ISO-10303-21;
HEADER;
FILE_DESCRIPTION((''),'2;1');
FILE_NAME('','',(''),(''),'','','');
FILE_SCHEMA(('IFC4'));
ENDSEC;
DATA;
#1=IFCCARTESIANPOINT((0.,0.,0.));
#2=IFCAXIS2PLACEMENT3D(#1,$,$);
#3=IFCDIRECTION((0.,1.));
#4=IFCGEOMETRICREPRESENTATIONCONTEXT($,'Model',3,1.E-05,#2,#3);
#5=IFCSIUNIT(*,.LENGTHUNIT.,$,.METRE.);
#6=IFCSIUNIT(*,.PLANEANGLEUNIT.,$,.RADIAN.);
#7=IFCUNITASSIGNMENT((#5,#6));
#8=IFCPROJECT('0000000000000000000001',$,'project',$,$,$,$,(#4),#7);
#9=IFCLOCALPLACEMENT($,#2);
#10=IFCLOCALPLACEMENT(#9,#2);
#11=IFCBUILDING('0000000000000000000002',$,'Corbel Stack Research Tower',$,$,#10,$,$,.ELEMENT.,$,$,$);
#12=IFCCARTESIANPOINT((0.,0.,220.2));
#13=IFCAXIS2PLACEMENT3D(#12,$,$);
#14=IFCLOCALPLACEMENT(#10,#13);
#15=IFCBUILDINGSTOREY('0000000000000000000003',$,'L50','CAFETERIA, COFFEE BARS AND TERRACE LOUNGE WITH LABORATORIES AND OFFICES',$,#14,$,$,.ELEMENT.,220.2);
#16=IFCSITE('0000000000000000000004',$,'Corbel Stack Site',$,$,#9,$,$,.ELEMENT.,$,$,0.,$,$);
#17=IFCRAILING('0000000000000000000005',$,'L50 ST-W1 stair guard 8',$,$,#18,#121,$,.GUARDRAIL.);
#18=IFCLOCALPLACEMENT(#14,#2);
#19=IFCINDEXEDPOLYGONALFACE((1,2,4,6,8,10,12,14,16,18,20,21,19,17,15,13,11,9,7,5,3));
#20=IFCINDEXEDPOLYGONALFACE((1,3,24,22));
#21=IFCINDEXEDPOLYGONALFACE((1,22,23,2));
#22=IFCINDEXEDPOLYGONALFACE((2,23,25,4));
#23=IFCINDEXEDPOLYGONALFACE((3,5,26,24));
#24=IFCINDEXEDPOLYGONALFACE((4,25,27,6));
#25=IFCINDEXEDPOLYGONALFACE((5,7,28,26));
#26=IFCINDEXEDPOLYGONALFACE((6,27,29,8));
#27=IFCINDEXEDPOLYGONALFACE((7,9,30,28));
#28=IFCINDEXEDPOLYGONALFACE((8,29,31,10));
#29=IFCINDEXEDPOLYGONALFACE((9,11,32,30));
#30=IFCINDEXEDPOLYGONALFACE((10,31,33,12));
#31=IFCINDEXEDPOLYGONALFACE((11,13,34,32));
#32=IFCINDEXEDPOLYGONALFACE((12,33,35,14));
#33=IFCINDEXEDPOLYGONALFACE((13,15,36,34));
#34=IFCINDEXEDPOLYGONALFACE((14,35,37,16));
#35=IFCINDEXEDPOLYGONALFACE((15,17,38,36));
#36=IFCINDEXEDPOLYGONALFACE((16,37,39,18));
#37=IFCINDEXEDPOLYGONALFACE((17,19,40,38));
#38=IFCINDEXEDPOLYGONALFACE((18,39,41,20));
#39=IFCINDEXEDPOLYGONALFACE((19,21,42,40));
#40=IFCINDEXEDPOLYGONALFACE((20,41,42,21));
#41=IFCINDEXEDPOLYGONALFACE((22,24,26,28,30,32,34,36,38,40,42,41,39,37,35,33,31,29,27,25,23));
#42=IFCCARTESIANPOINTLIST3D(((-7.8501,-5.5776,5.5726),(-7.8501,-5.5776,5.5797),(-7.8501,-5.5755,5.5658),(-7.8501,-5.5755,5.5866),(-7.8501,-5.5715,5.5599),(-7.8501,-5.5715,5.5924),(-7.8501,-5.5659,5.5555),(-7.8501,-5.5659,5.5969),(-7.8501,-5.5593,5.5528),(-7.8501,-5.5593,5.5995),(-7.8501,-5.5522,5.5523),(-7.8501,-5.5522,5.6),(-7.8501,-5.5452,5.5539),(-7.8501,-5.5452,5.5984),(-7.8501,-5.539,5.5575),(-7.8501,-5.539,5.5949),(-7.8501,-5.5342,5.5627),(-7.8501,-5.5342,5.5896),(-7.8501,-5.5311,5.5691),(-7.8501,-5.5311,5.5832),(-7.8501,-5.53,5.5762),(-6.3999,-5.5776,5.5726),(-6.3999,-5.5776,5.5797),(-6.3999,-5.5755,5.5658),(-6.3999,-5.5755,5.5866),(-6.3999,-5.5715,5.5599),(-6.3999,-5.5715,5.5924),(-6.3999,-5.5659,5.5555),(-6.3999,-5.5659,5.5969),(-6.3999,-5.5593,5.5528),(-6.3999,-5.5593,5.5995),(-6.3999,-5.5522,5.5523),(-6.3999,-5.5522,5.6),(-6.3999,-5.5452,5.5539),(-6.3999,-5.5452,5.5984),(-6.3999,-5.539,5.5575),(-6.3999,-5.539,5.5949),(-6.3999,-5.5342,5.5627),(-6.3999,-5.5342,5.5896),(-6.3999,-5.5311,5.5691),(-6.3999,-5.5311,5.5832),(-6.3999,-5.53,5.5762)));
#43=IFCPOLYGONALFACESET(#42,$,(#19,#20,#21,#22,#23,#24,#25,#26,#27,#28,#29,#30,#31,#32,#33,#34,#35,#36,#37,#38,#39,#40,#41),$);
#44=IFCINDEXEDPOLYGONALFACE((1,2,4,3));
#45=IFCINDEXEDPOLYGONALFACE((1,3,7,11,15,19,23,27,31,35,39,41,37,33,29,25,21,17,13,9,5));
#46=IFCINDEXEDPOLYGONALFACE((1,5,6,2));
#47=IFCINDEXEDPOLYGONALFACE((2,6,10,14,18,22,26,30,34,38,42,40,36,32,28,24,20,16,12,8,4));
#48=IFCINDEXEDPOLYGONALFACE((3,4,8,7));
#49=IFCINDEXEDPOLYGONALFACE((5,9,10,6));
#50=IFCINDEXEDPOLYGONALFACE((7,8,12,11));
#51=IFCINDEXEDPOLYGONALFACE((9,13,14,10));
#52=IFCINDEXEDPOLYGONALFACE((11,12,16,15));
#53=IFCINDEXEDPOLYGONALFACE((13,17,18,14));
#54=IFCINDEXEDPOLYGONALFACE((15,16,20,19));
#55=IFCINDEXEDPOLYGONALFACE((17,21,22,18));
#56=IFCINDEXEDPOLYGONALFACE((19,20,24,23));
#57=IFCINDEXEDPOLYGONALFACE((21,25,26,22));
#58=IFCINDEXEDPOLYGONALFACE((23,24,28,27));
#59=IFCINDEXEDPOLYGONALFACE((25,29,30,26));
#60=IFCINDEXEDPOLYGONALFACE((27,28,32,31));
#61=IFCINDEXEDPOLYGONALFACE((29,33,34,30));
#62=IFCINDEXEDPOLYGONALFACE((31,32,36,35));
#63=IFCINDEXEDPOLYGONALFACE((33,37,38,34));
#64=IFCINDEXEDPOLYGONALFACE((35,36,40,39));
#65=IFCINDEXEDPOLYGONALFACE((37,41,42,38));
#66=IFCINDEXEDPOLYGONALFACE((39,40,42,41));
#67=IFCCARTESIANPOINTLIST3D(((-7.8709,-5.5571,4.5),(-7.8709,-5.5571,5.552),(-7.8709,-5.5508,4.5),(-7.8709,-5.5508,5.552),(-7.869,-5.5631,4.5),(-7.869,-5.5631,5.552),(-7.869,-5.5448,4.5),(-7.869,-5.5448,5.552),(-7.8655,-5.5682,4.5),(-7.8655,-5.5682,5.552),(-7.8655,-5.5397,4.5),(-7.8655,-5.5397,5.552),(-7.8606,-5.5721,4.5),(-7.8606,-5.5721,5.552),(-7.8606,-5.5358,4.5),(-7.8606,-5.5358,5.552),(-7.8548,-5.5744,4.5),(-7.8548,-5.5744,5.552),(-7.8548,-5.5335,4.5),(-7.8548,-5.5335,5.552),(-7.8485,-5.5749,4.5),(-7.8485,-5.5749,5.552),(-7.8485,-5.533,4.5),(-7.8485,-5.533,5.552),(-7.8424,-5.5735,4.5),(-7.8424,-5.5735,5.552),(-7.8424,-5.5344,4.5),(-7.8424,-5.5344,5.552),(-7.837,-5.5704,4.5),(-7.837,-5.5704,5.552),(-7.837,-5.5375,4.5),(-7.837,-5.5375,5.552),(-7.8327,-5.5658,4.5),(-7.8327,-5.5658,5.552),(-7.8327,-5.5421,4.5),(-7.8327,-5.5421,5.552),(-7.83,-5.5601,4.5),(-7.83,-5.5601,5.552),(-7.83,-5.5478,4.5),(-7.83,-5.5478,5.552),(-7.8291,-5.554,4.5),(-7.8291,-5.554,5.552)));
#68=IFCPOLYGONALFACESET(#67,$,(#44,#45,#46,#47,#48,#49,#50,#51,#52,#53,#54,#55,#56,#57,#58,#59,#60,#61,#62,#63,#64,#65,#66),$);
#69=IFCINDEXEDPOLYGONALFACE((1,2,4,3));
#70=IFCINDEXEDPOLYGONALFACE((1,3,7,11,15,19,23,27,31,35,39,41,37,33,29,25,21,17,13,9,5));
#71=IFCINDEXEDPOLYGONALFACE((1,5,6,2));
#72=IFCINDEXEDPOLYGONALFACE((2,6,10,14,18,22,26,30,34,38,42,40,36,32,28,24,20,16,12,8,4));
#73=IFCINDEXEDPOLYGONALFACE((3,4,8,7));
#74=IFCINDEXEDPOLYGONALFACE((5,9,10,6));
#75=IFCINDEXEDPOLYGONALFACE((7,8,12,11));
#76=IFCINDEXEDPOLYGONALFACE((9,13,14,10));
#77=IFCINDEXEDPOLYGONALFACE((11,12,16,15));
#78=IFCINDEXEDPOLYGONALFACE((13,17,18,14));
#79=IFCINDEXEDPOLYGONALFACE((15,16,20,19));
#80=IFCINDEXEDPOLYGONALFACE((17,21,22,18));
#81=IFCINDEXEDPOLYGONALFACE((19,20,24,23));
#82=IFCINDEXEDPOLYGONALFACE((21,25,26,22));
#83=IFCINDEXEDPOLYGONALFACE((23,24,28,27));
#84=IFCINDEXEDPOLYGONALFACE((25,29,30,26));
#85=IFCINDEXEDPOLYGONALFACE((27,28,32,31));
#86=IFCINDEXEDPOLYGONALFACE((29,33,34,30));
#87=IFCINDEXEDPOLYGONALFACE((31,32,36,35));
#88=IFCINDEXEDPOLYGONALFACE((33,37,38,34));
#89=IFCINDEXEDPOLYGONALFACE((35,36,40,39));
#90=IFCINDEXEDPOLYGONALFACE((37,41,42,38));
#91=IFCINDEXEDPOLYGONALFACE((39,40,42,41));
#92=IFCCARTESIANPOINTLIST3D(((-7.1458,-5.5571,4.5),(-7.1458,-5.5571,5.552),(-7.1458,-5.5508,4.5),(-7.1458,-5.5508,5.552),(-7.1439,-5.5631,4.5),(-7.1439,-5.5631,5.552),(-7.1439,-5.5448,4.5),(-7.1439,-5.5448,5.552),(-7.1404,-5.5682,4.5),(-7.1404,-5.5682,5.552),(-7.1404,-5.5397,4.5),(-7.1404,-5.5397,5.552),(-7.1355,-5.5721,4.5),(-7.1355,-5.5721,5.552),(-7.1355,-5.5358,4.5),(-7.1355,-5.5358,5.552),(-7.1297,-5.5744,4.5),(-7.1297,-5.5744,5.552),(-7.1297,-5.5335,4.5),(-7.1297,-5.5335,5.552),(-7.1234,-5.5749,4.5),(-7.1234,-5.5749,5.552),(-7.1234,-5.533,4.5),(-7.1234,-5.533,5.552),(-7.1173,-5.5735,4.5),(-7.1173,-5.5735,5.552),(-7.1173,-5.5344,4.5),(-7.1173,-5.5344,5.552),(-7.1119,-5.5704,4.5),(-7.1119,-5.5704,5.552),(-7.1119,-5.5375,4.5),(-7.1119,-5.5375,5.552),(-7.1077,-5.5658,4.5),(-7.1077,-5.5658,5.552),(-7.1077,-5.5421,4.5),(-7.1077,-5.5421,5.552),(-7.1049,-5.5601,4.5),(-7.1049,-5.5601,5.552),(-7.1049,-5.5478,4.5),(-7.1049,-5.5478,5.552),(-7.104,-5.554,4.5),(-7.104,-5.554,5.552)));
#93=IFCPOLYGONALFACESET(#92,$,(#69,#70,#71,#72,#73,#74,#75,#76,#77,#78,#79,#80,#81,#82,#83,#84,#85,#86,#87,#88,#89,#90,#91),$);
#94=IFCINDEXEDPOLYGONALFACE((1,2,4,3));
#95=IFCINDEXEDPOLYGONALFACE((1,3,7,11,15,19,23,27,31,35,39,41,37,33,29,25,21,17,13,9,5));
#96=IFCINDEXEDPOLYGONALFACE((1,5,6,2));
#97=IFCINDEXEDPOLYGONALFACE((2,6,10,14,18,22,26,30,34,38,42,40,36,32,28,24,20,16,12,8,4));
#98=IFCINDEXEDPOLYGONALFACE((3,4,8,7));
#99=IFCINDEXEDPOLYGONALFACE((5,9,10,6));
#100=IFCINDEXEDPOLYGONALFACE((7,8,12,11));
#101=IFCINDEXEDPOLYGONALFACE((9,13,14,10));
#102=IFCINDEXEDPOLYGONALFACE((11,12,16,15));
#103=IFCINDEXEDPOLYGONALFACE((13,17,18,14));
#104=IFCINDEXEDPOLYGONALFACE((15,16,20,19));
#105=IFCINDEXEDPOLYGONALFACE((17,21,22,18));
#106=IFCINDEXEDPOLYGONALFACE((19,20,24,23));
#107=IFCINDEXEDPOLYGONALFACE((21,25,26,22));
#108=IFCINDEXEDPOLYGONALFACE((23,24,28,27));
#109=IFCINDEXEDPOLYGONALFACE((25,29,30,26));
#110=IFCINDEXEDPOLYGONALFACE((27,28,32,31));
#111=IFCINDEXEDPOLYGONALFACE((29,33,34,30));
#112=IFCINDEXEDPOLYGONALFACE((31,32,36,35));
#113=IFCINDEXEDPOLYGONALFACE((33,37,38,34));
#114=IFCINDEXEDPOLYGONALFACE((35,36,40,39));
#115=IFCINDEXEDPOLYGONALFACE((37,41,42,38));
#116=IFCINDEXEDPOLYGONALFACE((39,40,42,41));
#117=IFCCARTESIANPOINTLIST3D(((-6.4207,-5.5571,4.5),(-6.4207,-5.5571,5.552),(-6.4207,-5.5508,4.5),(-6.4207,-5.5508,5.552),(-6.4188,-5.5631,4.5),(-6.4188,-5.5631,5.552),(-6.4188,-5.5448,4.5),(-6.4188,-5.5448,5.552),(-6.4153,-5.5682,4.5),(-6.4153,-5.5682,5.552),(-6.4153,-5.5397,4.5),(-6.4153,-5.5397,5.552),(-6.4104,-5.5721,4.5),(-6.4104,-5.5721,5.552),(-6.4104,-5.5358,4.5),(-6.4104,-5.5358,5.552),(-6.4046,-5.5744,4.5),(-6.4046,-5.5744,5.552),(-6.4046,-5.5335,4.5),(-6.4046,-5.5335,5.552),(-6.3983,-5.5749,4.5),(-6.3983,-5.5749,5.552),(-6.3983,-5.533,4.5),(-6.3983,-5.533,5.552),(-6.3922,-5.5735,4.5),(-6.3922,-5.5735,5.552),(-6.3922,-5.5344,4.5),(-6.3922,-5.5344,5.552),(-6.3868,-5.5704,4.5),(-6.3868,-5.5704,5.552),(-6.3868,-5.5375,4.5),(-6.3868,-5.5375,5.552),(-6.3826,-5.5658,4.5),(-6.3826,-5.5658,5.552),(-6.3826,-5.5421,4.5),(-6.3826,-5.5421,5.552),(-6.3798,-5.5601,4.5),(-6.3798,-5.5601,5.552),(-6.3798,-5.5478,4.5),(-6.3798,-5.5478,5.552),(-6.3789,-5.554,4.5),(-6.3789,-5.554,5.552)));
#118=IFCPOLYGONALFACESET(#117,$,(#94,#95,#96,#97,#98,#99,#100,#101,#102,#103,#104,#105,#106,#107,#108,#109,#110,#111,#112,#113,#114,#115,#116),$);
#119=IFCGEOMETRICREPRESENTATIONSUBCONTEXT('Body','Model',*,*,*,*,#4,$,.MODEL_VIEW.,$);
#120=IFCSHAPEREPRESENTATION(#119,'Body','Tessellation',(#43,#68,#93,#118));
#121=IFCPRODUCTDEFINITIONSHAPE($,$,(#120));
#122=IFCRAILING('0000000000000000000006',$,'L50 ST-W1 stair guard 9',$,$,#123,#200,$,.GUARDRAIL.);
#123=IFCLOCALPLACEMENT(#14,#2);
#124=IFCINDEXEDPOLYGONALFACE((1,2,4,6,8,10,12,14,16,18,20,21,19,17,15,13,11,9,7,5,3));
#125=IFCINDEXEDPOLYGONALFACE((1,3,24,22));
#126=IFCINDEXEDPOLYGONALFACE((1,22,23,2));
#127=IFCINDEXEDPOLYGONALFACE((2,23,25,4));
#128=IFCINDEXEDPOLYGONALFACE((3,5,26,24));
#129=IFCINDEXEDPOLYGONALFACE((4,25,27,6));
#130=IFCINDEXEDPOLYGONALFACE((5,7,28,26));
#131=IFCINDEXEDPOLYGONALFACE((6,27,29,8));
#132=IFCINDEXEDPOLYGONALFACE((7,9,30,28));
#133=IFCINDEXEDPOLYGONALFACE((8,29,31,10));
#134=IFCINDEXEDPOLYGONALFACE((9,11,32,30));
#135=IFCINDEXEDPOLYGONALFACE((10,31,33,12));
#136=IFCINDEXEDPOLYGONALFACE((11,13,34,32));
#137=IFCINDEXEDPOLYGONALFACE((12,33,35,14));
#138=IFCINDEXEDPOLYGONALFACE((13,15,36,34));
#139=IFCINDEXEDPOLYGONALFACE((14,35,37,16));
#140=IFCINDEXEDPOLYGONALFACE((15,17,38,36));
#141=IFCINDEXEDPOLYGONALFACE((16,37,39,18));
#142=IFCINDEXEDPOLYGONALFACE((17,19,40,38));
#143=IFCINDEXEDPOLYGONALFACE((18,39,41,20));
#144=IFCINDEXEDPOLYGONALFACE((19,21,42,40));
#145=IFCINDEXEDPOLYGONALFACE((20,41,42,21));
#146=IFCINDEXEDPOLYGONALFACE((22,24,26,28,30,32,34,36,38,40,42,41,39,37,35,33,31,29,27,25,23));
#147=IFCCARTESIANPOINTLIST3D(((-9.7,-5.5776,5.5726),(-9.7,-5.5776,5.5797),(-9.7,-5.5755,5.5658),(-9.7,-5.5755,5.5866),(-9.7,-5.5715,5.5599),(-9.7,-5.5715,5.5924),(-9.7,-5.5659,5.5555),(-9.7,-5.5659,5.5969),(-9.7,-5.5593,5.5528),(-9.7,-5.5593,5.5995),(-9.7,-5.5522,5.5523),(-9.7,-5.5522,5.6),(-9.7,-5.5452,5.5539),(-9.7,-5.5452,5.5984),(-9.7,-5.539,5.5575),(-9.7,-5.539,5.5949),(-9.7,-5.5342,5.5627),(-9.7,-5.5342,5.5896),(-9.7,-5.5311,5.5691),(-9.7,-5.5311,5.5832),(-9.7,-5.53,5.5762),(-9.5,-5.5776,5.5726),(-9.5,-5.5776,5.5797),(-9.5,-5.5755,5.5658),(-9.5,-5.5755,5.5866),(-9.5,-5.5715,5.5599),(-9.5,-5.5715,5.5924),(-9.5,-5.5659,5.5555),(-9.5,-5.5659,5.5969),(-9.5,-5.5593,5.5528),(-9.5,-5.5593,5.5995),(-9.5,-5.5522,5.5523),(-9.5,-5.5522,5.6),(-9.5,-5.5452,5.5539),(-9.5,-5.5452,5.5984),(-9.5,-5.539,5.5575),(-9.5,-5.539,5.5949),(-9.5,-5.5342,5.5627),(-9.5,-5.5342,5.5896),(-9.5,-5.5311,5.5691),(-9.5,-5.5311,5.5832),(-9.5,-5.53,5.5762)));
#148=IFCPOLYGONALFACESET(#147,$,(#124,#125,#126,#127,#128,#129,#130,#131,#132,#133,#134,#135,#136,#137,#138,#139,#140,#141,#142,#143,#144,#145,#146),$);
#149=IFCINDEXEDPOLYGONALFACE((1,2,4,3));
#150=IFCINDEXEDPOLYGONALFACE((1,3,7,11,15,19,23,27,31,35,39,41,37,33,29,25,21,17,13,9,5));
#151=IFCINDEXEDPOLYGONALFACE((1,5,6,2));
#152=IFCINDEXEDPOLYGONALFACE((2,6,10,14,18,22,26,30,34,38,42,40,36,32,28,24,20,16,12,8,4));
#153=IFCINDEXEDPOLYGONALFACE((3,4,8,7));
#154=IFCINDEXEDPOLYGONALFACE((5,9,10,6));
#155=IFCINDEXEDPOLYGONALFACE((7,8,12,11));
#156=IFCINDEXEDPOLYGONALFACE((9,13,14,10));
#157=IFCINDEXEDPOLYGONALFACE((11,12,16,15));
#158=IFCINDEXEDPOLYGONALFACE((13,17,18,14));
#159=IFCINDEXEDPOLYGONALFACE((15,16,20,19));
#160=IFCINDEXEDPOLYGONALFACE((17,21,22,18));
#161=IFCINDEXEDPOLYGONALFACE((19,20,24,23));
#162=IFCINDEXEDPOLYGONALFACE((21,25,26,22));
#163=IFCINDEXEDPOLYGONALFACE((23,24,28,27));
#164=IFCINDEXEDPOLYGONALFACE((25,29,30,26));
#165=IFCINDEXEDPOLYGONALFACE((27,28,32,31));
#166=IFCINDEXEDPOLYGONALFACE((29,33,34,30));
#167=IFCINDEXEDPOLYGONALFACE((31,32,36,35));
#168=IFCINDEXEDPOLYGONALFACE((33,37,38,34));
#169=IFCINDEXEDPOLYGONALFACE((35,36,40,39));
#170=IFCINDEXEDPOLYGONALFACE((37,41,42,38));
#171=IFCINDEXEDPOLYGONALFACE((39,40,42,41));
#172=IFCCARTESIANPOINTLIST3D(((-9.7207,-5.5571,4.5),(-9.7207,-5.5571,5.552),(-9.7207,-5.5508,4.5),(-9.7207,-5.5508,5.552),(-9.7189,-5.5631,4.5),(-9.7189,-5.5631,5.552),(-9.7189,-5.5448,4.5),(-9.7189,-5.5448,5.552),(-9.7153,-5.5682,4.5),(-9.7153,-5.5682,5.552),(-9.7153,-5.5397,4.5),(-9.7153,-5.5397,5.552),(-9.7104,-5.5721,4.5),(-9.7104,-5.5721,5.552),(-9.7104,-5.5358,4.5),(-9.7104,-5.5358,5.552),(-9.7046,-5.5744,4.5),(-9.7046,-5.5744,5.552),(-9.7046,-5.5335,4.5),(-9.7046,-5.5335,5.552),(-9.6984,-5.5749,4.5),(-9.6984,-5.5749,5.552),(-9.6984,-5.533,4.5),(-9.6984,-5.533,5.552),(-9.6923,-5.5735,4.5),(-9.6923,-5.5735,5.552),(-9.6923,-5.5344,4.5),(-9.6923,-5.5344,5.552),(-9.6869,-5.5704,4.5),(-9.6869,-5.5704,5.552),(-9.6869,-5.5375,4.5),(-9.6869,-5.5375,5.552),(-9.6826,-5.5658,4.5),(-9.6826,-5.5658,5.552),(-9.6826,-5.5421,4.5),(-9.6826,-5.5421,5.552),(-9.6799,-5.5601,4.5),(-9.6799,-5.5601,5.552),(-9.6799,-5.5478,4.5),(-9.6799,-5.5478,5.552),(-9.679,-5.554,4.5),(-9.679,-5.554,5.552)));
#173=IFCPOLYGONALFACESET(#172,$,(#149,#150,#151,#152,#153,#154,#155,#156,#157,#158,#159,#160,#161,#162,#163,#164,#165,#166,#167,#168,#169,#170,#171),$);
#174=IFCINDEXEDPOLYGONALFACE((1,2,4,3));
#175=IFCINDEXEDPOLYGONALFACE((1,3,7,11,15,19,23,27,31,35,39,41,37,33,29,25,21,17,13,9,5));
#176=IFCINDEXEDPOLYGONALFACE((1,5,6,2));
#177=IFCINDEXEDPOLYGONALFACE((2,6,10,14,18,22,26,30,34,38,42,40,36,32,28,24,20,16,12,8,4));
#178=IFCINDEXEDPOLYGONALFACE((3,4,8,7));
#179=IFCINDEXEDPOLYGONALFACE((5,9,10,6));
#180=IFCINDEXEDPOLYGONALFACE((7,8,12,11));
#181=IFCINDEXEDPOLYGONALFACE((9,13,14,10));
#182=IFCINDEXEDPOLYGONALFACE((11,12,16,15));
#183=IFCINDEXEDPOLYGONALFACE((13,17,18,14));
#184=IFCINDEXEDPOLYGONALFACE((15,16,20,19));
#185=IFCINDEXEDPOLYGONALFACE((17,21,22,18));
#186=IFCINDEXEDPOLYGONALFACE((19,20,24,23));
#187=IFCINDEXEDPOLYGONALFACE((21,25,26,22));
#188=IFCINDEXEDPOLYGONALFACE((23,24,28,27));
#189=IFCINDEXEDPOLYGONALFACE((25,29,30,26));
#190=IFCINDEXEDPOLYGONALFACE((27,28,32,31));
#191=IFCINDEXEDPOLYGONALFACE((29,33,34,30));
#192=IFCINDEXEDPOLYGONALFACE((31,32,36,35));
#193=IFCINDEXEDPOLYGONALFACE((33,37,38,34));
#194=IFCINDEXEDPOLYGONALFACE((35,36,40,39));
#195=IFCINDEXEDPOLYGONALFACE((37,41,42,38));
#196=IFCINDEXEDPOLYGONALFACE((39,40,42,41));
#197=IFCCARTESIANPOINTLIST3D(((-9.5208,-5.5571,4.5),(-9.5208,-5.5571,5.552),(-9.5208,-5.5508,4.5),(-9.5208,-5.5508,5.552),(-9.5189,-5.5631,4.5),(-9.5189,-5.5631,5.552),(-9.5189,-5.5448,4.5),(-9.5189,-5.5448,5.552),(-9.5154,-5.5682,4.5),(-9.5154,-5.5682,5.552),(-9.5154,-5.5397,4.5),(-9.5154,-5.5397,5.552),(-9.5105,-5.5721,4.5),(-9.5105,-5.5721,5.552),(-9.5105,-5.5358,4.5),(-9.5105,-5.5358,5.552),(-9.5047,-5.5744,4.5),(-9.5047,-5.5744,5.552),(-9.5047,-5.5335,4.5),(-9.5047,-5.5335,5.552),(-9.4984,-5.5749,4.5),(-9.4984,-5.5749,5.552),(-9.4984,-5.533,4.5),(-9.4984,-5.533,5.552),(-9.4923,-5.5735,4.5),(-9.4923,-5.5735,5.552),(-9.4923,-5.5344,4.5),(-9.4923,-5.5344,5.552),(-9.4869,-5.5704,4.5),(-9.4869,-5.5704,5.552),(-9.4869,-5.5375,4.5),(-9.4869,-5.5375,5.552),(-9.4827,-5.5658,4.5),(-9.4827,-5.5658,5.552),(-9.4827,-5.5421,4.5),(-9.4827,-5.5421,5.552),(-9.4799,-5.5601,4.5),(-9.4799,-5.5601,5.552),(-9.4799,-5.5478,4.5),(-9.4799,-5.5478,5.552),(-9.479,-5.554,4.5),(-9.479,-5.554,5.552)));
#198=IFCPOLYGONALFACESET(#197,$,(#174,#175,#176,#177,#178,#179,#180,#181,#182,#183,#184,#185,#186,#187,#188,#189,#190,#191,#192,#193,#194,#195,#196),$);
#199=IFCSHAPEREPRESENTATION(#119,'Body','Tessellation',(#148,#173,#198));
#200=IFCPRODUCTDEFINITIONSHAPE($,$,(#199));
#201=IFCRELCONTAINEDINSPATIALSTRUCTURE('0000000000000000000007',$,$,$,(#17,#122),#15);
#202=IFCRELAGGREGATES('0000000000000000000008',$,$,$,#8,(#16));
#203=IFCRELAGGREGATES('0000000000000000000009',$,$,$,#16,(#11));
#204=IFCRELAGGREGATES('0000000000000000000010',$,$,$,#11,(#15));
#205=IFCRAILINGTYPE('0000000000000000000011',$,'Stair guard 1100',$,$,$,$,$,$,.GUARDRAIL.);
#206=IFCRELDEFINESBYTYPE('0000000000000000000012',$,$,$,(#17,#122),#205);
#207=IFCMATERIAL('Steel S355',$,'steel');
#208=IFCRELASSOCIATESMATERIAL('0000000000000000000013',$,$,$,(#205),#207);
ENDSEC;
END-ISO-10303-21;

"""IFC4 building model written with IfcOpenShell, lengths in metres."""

from ifc_helpers import new_model, si_unit, direction, frame, origin, origin_2d, place, context, subcontext, project, spatial, circle, extrude, material, type_object, element, save


model = new_model("IFC4")

# Units and contexts
model_context = context("Model", 3, precision=1e-05, world=origin(), true_north=direction((0.0, 1.0)))
body_context = subcontext(model_context, "Body", "Model", "MODEL_VIEW")
ifc_project = project(units=[si_unit("LENGTHUNIT", "METRE"), si_unit("PLANEANGLEUNIT", "RADIAN")], contexts=[model_context])

# Site, building, storey
site_placement = place(None, origin())
site = spatial("IfcSite", under=ifc_project, at=site_placement, Name="Corbel Stack Site", CompositionType="ELEMENT", RefElevation=0.0)
building_placement = place(site_placement, origin())
building = spatial("IfcBuilding", under=site, at=building_placement, Name="Corbel Stack Research Tower", CompositionType="ELEMENT")
storey_placement = place(building_placement, frame((0.0, 0.0, 220.2)))
storey = spatial("IfcBuildingStorey", under=building, at=storey_placement, Name="L50", Description="CAFETERIA, COFFEE BARS AND TERRACE LOUNGE WITH LABORATORIES AND OFFICES", CompositionType="ELEMENT", Elevation=220.2)

# Railings
ifc_material_1 = material(Name="Steel S355", Category="steel")
railing_type_1 = type_object("IfcRailingType", Name="Stair guard 1100", PredefinedType="GUARDRAIL", material=ifc_material_1)
railing_1_placement = place(storey_placement, frame((-7.8501, -5.554, 4.5)))
element("IfcRailing", 1, at=railing_1_placement, inside=storey, type_object=railing_type_1, Name="L50 ST-W1 stair guard 8", PredefinedType="GUARDRAIL", context=body_context, shape_type="SweptSolid", body=[
    extrude(circle(Radius=0.0239, at=origin_2d()), frame((0.0, 0.0, 1.0762), z_axis=(1.0, 0.0, 0.0), x_axis=(0.0, 1.0, 0.0)), (0.0, 0.0, 1.0), 1.4502),
    extrude(circle(Radius=0.021, at=origin_2d()), origin(), (0.0, 0.0, 1.0), 1.052),
    extrude(circle(Radius=0.021, at=origin_2d()), frame((0.7251, 0.0, 0.0)), (0.0, 0.0, 1.0), 1.052),
    extrude(circle(Radius=0.021, at=origin_2d()), frame((1.4502, 0.0, 0.0)), (0.0, 0.0, 1.0), 1.052),
])
railing_2_placement = place(storey_placement, frame((-9.7, -5.554, 4.5)))
element("IfcRailing", 2, at=railing_2_placement, inside=storey, type_object=railing_type_1, Name="L50 ST-W1 stair guard 9", PredefinedType="GUARDRAIL", context=body_context, shape_type="SweptSolid", body=[
    extrude(circle(Radius=0.0239, at=origin_2d()), frame((0.0, 0.0, 1.0762), z_axis=(1.0, 0.0, 0.0), x_axis=(0.0, 1.0, 0.0)), (0.0, 0.0, 1.0), 0.2),
    extrude(circle(Radius=0.021, at=origin_2d()), origin(), (0.0, 0.0, 1.0), 1.052),
    extrude(circle(Radius=0.021, at=origin_2d()), frame((0.2, 0.0, 0.0)), (0.0, 0.0, 1.0), 1.052),
])

save(model, "model.ifc")
